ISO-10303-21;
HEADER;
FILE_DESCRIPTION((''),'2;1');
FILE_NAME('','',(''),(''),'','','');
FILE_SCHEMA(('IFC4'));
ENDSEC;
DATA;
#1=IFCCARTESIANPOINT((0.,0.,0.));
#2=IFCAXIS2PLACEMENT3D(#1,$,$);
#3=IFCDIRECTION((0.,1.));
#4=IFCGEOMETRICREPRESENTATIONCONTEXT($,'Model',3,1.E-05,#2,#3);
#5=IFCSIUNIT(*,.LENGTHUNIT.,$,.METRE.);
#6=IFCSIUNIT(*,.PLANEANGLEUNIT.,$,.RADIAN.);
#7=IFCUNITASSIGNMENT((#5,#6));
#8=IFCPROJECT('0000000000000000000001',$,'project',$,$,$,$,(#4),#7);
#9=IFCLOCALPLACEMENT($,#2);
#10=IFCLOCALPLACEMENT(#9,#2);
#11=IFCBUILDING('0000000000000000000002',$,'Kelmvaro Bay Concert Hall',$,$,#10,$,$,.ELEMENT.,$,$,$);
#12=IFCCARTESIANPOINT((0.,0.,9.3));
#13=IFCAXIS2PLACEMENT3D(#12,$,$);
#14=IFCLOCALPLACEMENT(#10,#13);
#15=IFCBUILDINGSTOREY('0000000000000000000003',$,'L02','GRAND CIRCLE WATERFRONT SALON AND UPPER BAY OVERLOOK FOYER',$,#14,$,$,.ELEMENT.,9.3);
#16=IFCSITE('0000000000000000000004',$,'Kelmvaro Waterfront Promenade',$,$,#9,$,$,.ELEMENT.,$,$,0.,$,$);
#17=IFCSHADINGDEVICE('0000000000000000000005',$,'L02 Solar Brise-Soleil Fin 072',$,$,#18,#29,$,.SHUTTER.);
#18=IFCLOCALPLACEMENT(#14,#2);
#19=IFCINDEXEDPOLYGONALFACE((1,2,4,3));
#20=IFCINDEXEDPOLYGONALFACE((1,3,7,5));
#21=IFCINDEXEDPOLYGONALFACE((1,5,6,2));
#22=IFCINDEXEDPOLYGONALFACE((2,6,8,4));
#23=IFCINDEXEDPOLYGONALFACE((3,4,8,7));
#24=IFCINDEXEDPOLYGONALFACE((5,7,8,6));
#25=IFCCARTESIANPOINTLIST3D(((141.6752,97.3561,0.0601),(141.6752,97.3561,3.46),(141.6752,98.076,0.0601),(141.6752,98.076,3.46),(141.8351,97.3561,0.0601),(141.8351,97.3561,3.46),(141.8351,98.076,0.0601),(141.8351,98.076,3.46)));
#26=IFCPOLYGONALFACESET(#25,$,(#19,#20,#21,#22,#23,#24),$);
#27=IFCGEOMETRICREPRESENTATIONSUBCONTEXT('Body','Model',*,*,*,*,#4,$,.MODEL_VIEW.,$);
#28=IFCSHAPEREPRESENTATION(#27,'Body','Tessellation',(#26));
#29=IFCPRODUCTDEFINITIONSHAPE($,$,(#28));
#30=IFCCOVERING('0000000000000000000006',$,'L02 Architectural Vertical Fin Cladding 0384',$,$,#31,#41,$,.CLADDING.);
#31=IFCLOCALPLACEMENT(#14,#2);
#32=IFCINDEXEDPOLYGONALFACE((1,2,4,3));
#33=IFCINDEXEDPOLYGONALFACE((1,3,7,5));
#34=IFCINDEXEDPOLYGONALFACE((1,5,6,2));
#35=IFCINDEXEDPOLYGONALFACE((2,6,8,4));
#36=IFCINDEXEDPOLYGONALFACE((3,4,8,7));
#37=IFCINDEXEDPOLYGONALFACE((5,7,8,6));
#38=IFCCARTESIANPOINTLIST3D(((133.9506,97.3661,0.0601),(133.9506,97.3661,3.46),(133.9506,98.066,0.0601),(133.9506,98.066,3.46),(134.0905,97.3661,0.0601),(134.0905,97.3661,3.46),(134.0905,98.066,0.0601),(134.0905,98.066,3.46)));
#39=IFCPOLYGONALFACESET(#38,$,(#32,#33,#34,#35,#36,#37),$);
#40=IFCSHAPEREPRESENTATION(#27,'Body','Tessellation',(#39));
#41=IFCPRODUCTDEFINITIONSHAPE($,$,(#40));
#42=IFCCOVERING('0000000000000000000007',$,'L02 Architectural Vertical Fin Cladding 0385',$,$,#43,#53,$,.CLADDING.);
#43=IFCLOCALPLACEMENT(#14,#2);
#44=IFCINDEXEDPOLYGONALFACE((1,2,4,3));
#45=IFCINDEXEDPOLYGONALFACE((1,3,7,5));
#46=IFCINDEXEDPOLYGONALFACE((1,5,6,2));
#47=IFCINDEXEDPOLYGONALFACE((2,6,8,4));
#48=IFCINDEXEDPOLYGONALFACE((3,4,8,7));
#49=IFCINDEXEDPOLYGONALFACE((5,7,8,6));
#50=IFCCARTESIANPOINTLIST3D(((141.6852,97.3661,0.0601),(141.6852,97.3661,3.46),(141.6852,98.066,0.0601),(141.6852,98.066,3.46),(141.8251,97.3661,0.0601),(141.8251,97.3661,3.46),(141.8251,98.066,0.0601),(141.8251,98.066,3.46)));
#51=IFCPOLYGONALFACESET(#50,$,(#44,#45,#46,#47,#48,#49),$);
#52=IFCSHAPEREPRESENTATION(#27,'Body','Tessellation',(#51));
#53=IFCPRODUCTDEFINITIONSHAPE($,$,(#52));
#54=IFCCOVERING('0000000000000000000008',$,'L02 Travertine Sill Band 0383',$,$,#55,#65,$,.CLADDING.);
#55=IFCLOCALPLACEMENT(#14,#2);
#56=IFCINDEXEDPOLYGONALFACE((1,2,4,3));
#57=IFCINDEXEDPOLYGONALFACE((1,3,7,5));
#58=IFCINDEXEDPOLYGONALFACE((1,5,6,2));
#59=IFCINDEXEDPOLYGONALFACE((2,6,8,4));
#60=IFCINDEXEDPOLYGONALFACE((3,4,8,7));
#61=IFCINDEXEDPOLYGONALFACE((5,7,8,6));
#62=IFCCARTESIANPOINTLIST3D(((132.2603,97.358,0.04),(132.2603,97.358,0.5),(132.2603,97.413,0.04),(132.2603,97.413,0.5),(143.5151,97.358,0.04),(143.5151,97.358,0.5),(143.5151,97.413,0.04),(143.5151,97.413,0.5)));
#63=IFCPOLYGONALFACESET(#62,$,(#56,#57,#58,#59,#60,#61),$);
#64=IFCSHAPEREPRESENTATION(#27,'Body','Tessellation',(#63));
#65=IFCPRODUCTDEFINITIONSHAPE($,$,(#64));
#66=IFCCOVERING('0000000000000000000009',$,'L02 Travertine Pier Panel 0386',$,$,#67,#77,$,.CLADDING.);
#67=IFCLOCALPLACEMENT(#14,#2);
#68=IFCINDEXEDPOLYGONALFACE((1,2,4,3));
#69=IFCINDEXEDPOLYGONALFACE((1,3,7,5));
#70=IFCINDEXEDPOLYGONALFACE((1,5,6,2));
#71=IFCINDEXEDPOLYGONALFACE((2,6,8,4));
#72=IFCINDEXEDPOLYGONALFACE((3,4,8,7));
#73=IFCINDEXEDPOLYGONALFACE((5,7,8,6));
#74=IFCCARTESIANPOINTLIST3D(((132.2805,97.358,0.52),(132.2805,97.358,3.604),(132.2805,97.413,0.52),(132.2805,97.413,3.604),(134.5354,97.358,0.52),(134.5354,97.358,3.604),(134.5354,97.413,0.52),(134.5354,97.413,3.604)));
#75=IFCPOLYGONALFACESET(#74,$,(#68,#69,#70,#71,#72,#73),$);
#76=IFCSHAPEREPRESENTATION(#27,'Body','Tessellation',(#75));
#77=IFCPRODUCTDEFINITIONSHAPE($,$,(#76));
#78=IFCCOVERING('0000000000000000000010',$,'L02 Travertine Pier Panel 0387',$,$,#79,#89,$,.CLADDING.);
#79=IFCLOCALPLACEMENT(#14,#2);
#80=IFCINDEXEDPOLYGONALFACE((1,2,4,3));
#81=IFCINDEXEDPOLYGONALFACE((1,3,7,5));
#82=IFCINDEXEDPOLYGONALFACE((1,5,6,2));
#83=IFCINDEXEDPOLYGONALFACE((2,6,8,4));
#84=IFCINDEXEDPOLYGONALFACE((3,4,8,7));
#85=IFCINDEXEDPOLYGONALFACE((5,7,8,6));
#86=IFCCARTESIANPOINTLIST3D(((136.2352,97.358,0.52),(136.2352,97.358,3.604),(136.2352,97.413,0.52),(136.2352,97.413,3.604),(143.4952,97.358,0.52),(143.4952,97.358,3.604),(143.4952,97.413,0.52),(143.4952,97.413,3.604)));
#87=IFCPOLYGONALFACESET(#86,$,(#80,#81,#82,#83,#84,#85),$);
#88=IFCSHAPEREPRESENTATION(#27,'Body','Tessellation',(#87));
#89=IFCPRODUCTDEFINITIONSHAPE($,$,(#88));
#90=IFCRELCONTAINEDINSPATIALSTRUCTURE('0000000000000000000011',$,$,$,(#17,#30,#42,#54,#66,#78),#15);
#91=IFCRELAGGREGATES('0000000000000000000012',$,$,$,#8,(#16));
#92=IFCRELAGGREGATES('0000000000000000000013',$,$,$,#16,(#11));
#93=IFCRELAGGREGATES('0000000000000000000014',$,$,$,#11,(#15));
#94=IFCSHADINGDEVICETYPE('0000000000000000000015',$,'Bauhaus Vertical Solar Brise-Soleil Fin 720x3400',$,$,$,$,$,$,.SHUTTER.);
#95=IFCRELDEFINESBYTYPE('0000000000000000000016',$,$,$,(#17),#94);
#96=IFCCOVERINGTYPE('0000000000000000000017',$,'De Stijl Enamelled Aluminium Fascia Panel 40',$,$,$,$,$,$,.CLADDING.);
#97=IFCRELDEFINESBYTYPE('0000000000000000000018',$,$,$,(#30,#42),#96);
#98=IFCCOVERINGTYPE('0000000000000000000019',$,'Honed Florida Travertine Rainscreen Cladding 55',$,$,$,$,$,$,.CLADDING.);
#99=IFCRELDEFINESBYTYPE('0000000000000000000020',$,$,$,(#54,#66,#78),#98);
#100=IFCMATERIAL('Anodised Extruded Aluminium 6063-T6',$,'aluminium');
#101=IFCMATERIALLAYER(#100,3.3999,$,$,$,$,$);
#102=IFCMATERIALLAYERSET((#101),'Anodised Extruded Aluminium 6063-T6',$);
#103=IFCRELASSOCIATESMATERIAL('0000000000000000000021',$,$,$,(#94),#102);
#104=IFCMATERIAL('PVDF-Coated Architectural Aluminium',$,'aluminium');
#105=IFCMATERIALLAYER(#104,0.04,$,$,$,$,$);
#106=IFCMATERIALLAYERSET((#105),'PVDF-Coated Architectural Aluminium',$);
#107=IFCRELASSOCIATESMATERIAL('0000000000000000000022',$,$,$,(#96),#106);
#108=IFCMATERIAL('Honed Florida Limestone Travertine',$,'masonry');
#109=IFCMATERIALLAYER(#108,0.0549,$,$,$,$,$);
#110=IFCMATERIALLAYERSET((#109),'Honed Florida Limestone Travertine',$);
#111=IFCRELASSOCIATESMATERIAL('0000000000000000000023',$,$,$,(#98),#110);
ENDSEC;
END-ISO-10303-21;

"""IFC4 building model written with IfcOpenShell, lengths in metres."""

from ifc_helpers import new_model, si_unit, direction, frame, origin, origin_2d, place, context, subcontext, project, spatial, rectangle, extrude, material, layer, layer_set, type_object, element, save


model = new_model("IFC4")

# Units and contexts
model_context = context("Model", 3, precision=1e-05, world=origin(), true_north=direction((0.0, 1.0)))
body_context = subcontext(model_context, "Body", "Model", "MODEL_VIEW")
ifc_project = project(units=[si_unit("LENGTHUNIT", "METRE"), si_unit("PLANEANGLEUNIT", "RADIAN")], contexts=[model_context])

# Site, building, storey
site_placement = place(None, origin())
site = spatial("IfcSite", under=ifc_project, at=site_placement, Name="Kelmvaro Waterfront Promenade", CompositionType="ELEMENT", RefElevation=0.0)
building_placement = place(site_placement, origin())
building = spatial("IfcBuilding", under=site, at=building_placement, Name="Kelmvaro Bay Concert Hall", CompositionType="ELEMENT")
storey_placement = place(building_placement, frame((0.0, 0.0, 9.3)))
storey = spatial("IfcBuildingStorey", under=building, at=storey_placement, Name="L02", Description="GRAND CIRCLE WATERFRONT SALON AND UPPER BAY OVERLOOK FOYER", CompositionType="ELEMENT", Elevation=9.3)

# Shading device
ifc_material_1 = material(Name="Anodised Extruded Aluminium 6063-T6", Category="aluminium")
ifc_layer_1 = layer(ifc_material_1, 3.3999)
ifc_layer_set_1 = layer_set([ifc_layer_1], Name="Anodised Extruded Aluminium 6063-T6")
shading_device_type = type_object("IfcShadingDeviceType", Name="Bauhaus Vertical Solar Brise-Soleil Fin 720x3400", PredefinedType="SHUTTER", material=ifc_layer_set_1)
for number, where, z_axis, x_axis, name in (
    (1, (141.7551, 97.7161, 0.0601), (0.0, 0.0, 1.0), (1.0, 0.0, 0.0), "L02 Solar Brise-Soleil Fin 072"),
):
    element("IfcShadingDevice", number, at=place(storey_placement, frame(where, z_axis=z_axis, x_axis=x_axis)), inside=storey, type_object=shading_device_type, Name=name, PredefinedType="SHUTTER", context=body_context, shape_type="SweptSolid", body=[
        extrude(rectangle(XDim=0.1599, YDim=0.72, at=origin_2d()), origin(), (0.0, 0.0, 1.0), 3.3999),
    ])

# Coverings
ifc_material_2 = material(Name="PVDF-Coated Architectural Aluminium", Category="aluminium")
ifc_layer_2 = layer(ifc_material_2, 0.04)
ifc_layer_set_2 = layer_set([ifc_layer_2], Name="PVDF-Coated Architectural Aluminium")
covering_type_1 = type_object("IfcCoveringType", Name="De Stijl Enamelled Aluminium Fascia Panel 40", PredefinedType="CLADDING", material=ifc_layer_set_2)
for number, where, z_axis, x_axis, name in (
    (2, (134.0205, 97.7161, 0.0601), (0.0, 0.0, 1.0), (1.0, 0.0, 0.0), "L02 Architectural Vertical Fin Cladding 0384"),
    (3, (141.7551, 97.7161, 0.0601), (0.0, 0.0, 1.0), (1.0, 0.0, 0.0), "L02 Architectural Vertical Fin Cladding 0385"),
):
    element("IfcCovering", number, at=place(storey_placement, frame(where, z_axis=z_axis, x_axis=x_axis)), inside=storey, type_object=covering_type_1, Name=name, PredefinedType="CLADDING", context=body_context, shape_type="SweptSolid", body=[
        extrude(rectangle(XDim=0.1399, YDim=0.7, at=origin_2d()), origin(), (0.0, 0.0, 1.0), 3.3999),
    ])
ifc_material_3 = material(Name="Honed Florida Limestone Travertine", Category="masonry")
ifc_layer_3 = layer(ifc_material_3, 0.0549)
ifc_layer_set_3 = layer_set([ifc_layer_3], Name="Honed Florida Limestone Travertine")
covering_type_2 = type_object("IfcCoveringType", Name="Honed Florida Travertine Rainscreen Cladding 55", PredefinedType="CLADDING", material=ifc_layer_set_3)
covering_1_placement = place(storey_placement, frame((137.8877, 97.3855, 0.04), z_axis=(0.0, 0.0, 1.0), x_axis=(1.0, 0.0, 0.0)))
element("IfcCovering", 4, at=covering_1_placement, inside=storey, type_object=covering_type_2, Name="L02 Travertine Sill Band 0383", PredefinedType="CLADDING", context=body_context, shape_type="SweptSolid", body=[
    extrude(rectangle(XDim=11.2549, YDim=0.0549, at=origin_2d()), origin(), (0.0, 0.0, 1.0), 0.46),
])
covering_2_placement = place(storey_placement, frame((133.408, 97.3855, 0.52), z_axis=(0.0, 0.0, 1.0), x_axis=(1.0, 0.0, 0.0)))
element("IfcCovering", 5, at=covering_2_placement, inside=storey, type_object=covering_type_2, Name="L02 Travertine Pier Panel 0386", PredefinedType="CLADDING", context=body_context, shape_type="SweptSolid", body=[
    extrude(rectangle(XDim=2.2549, YDim=0.0549, at=origin_2d()), origin(), (0.0, 0.0, 1.0), 3.084),
])
covering_3_placement = place(storey_placement, frame((139.8652, 97.3855, 0.52), z_axis=(0.0, 0.0, 1.0), x_axis=(1.0, 0.0, 0.0)))
element("IfcCovering", 6, at=covering_3_placement, inside=storey, type_object=covering_type_2, Name="L02 Travertine Pier Panel 0387", PredefinedType="CLADDING", context=body_context, shape_type="SweptSolid", body=[
    extrude(rectangle(XDim=7.26, YDim=0.0549, at=origin_2d()), origin(), (0.0, 0.0, 1.0), 3.084),
])

save(model, "model.ifc")
